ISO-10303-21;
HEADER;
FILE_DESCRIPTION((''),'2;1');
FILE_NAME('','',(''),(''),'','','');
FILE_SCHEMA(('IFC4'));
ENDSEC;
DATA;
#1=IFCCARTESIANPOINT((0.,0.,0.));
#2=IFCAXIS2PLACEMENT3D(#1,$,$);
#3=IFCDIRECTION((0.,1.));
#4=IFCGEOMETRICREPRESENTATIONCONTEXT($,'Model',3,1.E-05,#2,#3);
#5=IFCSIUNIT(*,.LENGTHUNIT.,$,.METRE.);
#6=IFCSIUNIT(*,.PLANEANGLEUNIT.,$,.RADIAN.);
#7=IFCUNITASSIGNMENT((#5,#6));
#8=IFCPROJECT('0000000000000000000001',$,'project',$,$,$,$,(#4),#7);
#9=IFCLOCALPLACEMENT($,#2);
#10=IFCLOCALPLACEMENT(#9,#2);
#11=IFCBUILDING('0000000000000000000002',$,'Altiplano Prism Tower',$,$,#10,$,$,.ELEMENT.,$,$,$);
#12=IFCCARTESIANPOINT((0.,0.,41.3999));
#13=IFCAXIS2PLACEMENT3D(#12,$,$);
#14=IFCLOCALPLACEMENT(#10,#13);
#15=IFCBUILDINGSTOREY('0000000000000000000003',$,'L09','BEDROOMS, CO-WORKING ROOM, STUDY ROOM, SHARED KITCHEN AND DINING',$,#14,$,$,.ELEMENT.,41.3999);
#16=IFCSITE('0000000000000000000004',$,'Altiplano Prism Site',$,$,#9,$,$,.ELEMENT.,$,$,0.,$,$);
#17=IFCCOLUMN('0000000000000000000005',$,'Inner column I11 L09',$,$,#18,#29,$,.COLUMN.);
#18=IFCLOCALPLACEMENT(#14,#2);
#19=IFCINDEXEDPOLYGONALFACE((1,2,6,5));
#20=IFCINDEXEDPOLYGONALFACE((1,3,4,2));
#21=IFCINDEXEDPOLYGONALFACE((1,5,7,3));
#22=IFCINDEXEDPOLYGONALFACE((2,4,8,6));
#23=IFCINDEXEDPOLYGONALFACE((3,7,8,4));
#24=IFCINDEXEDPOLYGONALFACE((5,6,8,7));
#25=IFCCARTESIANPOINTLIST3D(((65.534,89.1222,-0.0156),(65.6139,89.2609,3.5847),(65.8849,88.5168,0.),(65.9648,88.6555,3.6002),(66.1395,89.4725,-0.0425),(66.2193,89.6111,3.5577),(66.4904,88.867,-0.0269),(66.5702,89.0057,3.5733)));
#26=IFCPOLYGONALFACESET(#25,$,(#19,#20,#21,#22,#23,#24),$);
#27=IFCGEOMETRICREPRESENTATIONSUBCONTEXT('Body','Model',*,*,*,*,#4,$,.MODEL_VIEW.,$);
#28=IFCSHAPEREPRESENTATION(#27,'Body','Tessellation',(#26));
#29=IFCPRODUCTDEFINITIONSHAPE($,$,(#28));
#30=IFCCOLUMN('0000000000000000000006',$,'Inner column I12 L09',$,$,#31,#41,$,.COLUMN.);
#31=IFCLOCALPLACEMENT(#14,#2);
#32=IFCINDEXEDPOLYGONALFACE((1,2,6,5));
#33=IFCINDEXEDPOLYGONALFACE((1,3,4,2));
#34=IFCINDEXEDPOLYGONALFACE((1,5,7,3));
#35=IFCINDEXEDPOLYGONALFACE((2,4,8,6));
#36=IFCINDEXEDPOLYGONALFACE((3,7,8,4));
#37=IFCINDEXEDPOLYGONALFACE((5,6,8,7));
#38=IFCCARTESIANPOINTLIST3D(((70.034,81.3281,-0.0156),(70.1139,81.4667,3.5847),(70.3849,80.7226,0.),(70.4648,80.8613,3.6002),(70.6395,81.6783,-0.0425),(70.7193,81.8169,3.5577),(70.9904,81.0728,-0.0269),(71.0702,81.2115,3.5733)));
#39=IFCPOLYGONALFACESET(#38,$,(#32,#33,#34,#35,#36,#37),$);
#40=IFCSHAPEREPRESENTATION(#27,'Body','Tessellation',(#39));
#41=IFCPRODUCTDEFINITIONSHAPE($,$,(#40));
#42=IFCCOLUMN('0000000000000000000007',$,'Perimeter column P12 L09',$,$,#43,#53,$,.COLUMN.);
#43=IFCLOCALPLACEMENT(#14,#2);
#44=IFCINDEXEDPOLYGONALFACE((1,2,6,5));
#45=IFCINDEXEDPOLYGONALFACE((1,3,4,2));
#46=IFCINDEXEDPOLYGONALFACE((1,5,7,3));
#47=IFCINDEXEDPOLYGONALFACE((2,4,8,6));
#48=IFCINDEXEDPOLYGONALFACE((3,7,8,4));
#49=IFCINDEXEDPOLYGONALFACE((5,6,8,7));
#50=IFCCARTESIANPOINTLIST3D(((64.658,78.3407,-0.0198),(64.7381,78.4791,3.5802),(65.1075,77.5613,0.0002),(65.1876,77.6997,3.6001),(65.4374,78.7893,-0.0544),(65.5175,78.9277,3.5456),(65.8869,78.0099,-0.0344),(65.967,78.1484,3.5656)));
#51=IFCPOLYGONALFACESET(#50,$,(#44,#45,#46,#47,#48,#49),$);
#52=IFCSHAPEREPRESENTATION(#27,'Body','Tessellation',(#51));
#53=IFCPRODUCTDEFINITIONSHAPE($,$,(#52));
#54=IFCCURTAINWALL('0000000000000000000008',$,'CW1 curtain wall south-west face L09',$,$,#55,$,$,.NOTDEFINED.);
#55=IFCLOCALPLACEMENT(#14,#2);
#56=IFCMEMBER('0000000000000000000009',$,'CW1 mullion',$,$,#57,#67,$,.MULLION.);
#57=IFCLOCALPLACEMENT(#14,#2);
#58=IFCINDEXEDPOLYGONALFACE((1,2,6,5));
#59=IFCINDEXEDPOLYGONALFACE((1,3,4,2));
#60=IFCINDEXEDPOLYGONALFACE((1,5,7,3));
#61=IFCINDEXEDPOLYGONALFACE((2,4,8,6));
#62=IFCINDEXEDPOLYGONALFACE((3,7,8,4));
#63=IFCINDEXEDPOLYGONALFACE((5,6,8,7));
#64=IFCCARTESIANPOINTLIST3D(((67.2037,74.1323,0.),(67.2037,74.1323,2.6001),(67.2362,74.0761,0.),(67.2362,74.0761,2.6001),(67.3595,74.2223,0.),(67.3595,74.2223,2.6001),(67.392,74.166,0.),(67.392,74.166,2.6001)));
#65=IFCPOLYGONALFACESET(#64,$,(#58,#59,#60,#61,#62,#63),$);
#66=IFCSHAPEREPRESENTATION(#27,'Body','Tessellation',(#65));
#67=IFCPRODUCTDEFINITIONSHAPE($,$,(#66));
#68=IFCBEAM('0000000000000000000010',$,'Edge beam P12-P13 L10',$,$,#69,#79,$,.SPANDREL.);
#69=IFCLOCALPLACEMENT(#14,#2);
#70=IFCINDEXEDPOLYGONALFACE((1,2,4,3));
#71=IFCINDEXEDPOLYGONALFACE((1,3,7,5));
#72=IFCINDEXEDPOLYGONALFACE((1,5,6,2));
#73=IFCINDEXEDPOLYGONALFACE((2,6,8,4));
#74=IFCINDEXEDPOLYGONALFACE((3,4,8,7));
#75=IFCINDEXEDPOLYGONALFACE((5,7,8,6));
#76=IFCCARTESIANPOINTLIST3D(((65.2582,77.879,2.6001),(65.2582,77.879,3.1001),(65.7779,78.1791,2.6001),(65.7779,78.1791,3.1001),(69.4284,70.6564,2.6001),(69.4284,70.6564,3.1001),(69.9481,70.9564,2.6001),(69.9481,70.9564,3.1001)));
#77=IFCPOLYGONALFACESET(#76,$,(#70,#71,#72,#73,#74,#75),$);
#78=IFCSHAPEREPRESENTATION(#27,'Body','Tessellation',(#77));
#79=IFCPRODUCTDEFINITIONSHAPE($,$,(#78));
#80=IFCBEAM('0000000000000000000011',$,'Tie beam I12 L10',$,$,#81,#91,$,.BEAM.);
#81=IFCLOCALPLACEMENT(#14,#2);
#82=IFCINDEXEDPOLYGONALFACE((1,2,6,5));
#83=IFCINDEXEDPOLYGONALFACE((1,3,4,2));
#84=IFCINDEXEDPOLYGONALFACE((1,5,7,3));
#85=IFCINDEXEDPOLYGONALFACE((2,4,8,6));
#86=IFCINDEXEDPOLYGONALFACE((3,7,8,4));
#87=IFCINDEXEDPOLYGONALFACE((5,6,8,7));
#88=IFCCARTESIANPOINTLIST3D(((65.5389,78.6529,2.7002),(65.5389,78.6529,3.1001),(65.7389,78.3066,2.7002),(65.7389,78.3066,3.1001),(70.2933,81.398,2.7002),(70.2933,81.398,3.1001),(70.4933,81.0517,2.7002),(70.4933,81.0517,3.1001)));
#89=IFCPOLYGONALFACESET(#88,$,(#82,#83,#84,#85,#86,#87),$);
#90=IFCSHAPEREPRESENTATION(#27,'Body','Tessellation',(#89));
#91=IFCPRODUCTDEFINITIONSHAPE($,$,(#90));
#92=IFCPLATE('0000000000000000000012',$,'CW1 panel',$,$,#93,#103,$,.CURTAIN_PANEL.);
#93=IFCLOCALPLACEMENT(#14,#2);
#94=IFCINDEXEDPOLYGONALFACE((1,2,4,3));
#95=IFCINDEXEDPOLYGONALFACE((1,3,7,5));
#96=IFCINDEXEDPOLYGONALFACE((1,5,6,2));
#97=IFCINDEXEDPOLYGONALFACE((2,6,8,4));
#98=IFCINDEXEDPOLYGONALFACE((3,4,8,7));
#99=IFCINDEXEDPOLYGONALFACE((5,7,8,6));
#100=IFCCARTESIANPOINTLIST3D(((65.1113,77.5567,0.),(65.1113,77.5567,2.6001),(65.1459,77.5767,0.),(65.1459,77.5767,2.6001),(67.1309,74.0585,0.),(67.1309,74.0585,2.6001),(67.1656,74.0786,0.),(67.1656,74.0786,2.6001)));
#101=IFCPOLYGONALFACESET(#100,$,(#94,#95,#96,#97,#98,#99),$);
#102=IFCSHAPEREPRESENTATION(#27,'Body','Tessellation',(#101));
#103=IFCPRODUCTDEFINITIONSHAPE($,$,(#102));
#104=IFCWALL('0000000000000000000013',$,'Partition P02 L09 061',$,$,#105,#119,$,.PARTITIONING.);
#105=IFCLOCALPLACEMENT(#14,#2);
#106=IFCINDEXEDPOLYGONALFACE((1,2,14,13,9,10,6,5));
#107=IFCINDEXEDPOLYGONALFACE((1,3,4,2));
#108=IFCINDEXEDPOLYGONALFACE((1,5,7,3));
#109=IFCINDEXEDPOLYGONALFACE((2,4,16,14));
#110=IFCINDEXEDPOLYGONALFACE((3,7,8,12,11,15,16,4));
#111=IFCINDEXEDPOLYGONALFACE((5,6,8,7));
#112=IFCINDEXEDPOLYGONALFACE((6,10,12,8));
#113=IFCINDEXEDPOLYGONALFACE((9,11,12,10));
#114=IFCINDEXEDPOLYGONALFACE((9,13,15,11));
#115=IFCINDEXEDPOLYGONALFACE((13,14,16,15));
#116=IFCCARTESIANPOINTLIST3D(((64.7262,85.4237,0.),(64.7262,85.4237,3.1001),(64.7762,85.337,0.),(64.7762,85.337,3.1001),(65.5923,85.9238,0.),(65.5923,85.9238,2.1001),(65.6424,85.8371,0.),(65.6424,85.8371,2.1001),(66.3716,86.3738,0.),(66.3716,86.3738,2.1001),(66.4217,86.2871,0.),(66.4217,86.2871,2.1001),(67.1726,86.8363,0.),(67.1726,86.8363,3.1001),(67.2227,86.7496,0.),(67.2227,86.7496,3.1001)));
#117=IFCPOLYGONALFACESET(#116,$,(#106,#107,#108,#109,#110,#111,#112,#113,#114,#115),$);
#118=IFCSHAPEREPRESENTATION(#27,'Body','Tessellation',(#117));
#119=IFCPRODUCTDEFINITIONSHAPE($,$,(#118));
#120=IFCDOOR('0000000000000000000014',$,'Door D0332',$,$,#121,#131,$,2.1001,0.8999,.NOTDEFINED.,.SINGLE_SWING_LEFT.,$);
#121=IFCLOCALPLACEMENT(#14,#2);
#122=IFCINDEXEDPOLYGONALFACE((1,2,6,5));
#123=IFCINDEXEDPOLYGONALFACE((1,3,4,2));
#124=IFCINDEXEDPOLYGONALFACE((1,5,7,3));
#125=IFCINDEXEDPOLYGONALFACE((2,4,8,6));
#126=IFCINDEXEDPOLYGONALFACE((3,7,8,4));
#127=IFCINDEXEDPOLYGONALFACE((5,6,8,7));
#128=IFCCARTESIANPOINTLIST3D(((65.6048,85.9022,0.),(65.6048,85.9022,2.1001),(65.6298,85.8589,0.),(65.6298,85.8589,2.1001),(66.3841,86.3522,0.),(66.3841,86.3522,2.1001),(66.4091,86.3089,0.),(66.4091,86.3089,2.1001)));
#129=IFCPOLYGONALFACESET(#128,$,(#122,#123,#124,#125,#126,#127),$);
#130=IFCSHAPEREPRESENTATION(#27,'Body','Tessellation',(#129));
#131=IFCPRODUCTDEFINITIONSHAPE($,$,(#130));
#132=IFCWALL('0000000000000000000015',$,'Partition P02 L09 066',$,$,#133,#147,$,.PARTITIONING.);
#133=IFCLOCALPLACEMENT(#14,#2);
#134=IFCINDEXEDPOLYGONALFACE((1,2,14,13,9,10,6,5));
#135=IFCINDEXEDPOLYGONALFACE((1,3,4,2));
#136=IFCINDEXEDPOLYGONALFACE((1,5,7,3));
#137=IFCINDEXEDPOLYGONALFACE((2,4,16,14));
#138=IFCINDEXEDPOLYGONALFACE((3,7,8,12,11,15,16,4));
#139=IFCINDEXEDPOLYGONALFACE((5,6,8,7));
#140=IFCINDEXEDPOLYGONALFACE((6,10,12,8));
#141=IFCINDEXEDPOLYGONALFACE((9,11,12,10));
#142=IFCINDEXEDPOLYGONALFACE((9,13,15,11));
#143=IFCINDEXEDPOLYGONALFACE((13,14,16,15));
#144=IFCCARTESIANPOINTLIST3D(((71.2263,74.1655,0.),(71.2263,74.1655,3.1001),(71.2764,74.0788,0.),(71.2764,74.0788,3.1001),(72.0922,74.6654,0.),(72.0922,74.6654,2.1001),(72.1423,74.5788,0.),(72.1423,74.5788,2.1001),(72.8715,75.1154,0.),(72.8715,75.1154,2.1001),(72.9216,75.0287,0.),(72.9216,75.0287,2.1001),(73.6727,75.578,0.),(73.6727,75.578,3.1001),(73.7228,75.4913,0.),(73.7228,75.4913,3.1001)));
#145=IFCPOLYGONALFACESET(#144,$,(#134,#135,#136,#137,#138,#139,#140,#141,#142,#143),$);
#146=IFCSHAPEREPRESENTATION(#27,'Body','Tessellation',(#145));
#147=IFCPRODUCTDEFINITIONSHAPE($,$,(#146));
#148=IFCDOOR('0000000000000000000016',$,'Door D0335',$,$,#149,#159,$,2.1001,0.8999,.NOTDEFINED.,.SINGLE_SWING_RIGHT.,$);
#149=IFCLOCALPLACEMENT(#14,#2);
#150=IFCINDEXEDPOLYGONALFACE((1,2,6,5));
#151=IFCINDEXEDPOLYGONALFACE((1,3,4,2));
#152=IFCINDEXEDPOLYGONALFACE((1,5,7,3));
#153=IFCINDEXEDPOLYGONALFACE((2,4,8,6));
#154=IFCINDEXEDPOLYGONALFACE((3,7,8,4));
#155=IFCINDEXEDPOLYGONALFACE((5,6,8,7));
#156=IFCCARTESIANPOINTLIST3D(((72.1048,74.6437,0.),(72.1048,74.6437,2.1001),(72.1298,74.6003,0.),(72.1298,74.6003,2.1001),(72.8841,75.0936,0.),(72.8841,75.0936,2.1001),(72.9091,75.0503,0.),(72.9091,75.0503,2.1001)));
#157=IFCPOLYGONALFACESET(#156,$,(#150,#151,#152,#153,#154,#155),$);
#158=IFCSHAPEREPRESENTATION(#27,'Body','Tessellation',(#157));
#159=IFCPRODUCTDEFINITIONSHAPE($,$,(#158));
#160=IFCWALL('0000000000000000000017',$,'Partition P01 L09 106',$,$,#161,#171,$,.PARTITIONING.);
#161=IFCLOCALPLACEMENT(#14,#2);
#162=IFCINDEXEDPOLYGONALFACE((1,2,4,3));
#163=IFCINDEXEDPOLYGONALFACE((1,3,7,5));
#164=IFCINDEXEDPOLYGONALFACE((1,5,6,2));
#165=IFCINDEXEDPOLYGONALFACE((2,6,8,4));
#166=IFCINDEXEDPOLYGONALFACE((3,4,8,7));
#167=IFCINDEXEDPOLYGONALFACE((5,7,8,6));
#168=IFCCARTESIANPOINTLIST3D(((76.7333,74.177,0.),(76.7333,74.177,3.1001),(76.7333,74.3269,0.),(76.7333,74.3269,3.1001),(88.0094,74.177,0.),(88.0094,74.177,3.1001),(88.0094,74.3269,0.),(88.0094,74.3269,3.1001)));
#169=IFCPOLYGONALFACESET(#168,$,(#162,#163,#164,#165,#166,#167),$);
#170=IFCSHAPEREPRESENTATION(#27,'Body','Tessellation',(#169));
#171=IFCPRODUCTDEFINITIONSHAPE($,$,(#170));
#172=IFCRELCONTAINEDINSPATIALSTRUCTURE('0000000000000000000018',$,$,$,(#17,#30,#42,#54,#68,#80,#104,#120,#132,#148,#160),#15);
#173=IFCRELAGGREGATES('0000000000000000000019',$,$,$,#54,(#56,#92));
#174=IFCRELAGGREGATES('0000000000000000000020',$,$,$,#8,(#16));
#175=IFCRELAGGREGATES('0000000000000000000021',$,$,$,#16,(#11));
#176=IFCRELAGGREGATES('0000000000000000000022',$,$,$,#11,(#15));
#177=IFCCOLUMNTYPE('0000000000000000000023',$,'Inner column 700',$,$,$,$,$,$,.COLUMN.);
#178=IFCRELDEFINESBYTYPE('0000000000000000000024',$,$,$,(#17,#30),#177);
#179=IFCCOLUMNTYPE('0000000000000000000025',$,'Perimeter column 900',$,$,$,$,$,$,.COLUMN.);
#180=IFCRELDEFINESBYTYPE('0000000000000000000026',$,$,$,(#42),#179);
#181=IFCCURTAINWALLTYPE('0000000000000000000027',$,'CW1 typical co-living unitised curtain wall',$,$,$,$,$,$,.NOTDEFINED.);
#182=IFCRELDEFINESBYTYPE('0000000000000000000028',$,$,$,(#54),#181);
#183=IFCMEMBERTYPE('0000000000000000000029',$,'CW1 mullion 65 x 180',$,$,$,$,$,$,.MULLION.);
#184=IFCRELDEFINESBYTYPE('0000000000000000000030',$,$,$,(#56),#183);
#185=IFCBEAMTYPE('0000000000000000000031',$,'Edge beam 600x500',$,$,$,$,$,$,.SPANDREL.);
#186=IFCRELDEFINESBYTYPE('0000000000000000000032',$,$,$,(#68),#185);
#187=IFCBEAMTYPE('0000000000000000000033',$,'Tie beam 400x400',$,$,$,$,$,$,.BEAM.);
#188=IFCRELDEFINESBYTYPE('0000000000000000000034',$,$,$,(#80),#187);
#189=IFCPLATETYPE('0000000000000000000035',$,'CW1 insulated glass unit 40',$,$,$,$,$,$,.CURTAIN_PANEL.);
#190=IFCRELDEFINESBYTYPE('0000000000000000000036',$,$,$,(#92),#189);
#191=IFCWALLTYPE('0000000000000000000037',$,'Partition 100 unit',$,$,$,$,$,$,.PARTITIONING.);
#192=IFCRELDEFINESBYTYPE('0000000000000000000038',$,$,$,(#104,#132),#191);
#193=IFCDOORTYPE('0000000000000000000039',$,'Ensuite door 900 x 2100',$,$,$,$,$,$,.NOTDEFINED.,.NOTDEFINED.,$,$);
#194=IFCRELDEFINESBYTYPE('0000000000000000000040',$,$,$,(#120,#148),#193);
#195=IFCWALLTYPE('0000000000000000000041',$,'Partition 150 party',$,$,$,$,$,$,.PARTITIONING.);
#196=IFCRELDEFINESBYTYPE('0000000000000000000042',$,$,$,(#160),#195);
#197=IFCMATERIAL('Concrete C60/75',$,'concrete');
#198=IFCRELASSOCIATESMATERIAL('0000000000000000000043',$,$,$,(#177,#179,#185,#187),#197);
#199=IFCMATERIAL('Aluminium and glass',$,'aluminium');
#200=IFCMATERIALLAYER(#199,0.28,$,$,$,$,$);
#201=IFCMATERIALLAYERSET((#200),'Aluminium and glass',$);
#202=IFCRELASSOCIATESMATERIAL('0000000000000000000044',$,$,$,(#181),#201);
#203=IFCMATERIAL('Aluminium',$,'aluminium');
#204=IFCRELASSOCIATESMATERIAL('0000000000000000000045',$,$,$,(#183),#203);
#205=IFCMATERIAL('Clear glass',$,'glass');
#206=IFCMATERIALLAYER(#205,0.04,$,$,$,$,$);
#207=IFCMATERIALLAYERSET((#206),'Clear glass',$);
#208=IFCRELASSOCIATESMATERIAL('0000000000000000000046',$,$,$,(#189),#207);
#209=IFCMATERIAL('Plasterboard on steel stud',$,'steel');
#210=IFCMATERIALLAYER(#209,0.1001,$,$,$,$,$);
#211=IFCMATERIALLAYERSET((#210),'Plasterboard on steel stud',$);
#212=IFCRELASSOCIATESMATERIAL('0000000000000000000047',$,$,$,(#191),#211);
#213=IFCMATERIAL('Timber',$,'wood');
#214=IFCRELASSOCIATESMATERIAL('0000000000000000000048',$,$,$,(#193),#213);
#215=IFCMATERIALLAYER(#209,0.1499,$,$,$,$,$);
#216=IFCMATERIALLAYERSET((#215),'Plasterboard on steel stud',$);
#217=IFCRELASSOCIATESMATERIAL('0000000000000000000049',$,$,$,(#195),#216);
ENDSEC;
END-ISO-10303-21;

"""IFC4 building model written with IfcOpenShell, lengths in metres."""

from ifc_helpers import new_model, si_unit, direction, frame, frame_2d, origin, origin_2d, place, context, subcontext, project, spatial, rectangle, extrude, material, layer, layer_set, material_profile, profile_set, type_object, element, fill, aggregate, save


model = new_model("IFC4")

# Units and contexts
model_context = context("Model", 3, precision=1e-05, world=origin(), true_north=direction((0.0, 1.0)))
body_context = subcontext(model_context, "Body", "Model", "MODEL_VIEW")
ifc_project = project(units=[si_unit("LENGTHUNIT", "METRE"), si_unit("PLANEANGLEUNIT", "RADIAN")], contexts=[model_context])

# Site, building, storey
site_placement = place(None, origin())
site = spatial("IfcSite", under=ifc_project, at=site_placement, Name="Altiplano Prism Site", CompositionType="ELEMENT", RefElevation=0.0)
building_placement = place(site_placement, origin())
building = spatial("IfcBuilding", under=site, at=building_placement, Name="Altiplano Prism Tower", CompositionType="ELEMENT")
storey_placement = place(building_placement, frame((0.0, 0.0, 41.3999)))
storey = spatial("IfcBuildingStorey", under=building, at=storey_placement, Name="L09", Description="BEDROOMS, CO-WORKING ROOM, STUDY ROOM, SHARED KITCHEN AND DINING", CompositionType="ELEMENT", Elevation=41.3999)

# Columns
ifc_material_1 = material(Name="Concrete C60/75", Category="concrete")
ifc_material_profile_1 = material_profile(ifc_material_1, rectangle(XDim=0.7, YDim=0.7, at=origin_2d()), Name="Inner column 700")
ifc_profile_set_1 = profile_set([ifc_material_profile_1], Name="Concrete C60/75")
column_type_1 = type_object("IfcColumnType", Name="Inner column 700", PredefinedType="COLUMN", material=ifc_profile_set_1)
for number, where, z_axis, x_axis, name in (
    (1, (66.0122, 88.9946, -0.0212), (0.022154, 0.038481, 0.999014), (-0.864982, -0.500327, 0.038453), "Inner column I11 L09"),
    (2, (70.5122, 81.2004, -0.0212), (0.022154, 0.038481, 0.999014), (-0.864982, -0.500327, 0.038453), "Inner column I12 L09"),
):
    element("IfcColumn", number, at=place(storey_placement, frame(where, z_axis=z_axis, x_axis=x_axis)), inside=storey, type_object=column_type_1, Name=name, PredefinedType="COLUMN", context=body_context, shape_type="SweptSolid", body=[
        extrude(rectangle(XDim=0.7, YDim=0.7, at=origin_2d()), origin(), (0.0, 0.0, 1.0), 3.6038),
    ])
ifc_material_profile_2 = material_profile(ifc_material_1, rectangle(XDim=0.8999, YDim=0.8999, at=origin_2d()), Name="Perimeter column 900")
ifc_profile_set_2 = profile_set([ifc_material_profile_2], Name="Concrete C60/75")
column_type_2 = type_object("IfcColumnType", Name="Perimeter column 900", PredefinedType="COLUMN", material=ifc_profile_set_2)
column_placement = place(storey_placement, frame((65.2725, 78.1753, -0.0271), z_axis=(0.022223, 0.038416, 0.999015), x_axis=(-0.866024, -0.498523, 0.038435)))
element("IfcColumn", 3, at=column_placement, inside=storey, type_object=column_type_2, Name="Perimeter column P12 L09", PredefinedType="COLUMN", context=body_context, shape_type="SweptSolid", body=[
    extrude(rectangle(XDim=0.8999, YDim=0.8999, at=origin_2d()), origin(), (0.0, 0.0, 1.0), 3.6035),
])

# Curtain wall, member
ifc_material_2 = material(Name="Aluminium and glass", Category="aluminium")
ifc_layer_1 = layer(ifc_material_2, 0.28)
ifc_layer_set_1 = layer_set([ifc_layer_1], Name="Aluminium and glass")
curtain_wall_type = type_object("IfcCurtainWallType", Name="CW1 typical co-living unitised curtain wall", PredefinedType="NOTDEFINED", material=ifc_layer_set_1)
curtain_wall_placement = place(storey_placement, origin())
curtain_wall = element("IfcCurtainWall", 4, at=curtain_wall_placement, inside=storey, type_object=curtain_wall_type, Name="CW1 curtain wall south-west face L09", PredefinedType="NOTDEFINED")
ifc_material_3 = material(Name="Aluminium", Category="aluminium")
ifc_material_profile_3 = material_profile(ifc_material_3, rectangle(XDim=0.1799, YDim=0.0649, at=origin_2d()), Name="CW1 mullion 65 x 180")
ifc_profile_set_3 = profile_set([ifc_material_profile_3], Name="Aluminium")
member_type = type_object("IfcMemberType", Name="CW1 mullion 65 x 180", PredefinedType="MULLION", material=ifc_profile_set_3)
member_placement = place(storey_placement, frame((67.2979, 74.1492, 0.0), z_axis=(0.0, 0.0, 1.0), x_axis=(0.866025, 0.5, 0.0)))
member = element("IfcMember", 5, at=member_placement, type_object=member_type, Name="CW1 mullion", PredefinedType="MULLION", context=body_context, shape_type="SweptSolid", body=[
    extrude(rectangle(XDim=0.1799, YDim=0.0649, at=origin_2d()), origin(), (0.0, 0.0, 1.0), 2.6001),
])

# Beams
ifc_material_profile_4 = material_profile(ifc_material_1, rectangle(XDim=0.6001, YDim=0.5, at=origin_2d()), Name="Edge beam 600x500")
ifc_profile_set_4 = profile_set([ifc_material_profile_4], Name="Concrete C60/75")
beam_type_1 = type_object("IfcBeamType", Name="Edge beam 600x500", PredefinedType="SPANDREL", material=ifc_profile_set_4)
beam_1_placement = place(storey_placement, frame((65.5181, 78.0291, 2.8501), z_axis=(0.500015, -0.866017, 0.0), x_axis=(0.866017, 0.500015, 0.0)))
element("IfcBeam", 6, at=beam_1_placement, inside=storey, type_object=beam_type_1, Name="Edge beam P12-P13 L10", PredefinedType="SPANDREL", context=body_context, shape_type="SweptSolid", body=[
    extrude(rectangle(XDim=0.6001, YDim=0.5, at=origin_2d()), origin(), (0.0, 0.0, 1.0), 8.3401),
])
ifc_material_profile_5 = material_profile(ifc_material_1, rectangle(XDim=0.3999, YDim=0.3999, at=origin_2d()), Name="Tie beam 400x400")
ifc_profile_set_5 = profile_set([ifc_material_profile_5], Name="Concrete C60/75")
beam_type_2 = type_object("IfcBeamType", Name="Tie beam 400x400", PredefinedType="BEAM", material=ifc_profile_set_5)
beam_2_placement = place(storey_placement, frame((70.3933, 81.2249, 2.9001), z_axis=(-0.866012, -0.500023, 0.0), x_axis=(0.500023, -0.866012, 0.0)))
element("IfcBeam", 7, at=beam_2_placement, inside=storey, type_object=beam_type_2, Name="Tie beam I12 L10", PredefinedType="BEAM", context=body_context, shape_type="SweptSolid", body=[
    extrude(rectangle(XDim=0.3999, YDim=0.3999, at=origin_2d()), origin(), (0.0, 0.0, 1.0), 5.49),
])

# Plate
ifc_material_4 = material(Name="Clear glass", Category="glass")
ifc_layer_2 = layer(ifc_material_4, 0.04)
ifc_layer_set_2 = layer_set([ifc_layer_2], Name="Clear glass")
plate_type = type_object("IfcPlateType", Name="CW1 insulated glass unit 40", PredefinedType="CURTAIN_PANEL", material=ifc_layer_set_2)
plate_placement = place(storey_placement, frame((66.1384, 75.8176, 0.0), z_axis=(0.0, 0.0, 1.0), x_axis=(0.5, -0.866025, 0.0)))
plate = element("IfcPlate", 8, at=plate_placement, type_object=plate_type, Name="CW1 panel", PredefinedType="CURTAIN_PANEL", context=body_context, shape_type="SweptSolid", body=[
    extrude(rectangle(XDim=4.0393, YDim=0.04, at=origin_2d()), origin(), (0.0, 0.0, 1.0), 2.6001),
])
aggregate(curtain_wall, [member, plate])

# Walls, openings, doors
ifc_material_5 = material(Name="Plasterboard on steel stud", Category="steel")
ifc_layer_3 = layer(ifc_material_5, 0.1001)
ifc_layer_set_3 = layer_set([ifc_layer_3], Name="Plasterboard on steel stud")
wall_type_1 = type_object("IfcWallType", Name="Partition 100 unit", PredefinedType="PARTITIONING", material=ifc_layer_set_3)
wall_1_placement = place(storey_placement, frame((67.1978, 86.793, 0.0), z_axis=(0.0, 0.0, 1.0), x_axis=(-0.866011, -0.500024, 0.0)))
wall_1 = element("IfcWall", 9, at=wall_1_placement, inside=storey, type_object=wall_type_1, Name="Partition P02 L09 061", PredefinedType="PARTITIONING", context=body_context, shape_type="SweptSolid", body=[
    extrude(rectangle(XDim=2.825, YDim=0.1001, at=frame_2d((1.4126, 0.0))), origin(), (0.0, 0.0, 1.0), 3.1001),
])
opening_1_placement = place(wall_1_placement, frame((0.925, 0.0, 0.0)))
opening_1 = element("IfcOpeningElement", 10, at=opening_1_placement, cuts=wall_1, PredefinedType="OPENING", context=body_context, shape_type="SweptSolid", body=[
    extrude(rectangle(XDim=0.8999, YDim=2.1001, at=frame_2d((0.45, 1.05))), frame((0.0, 0.0605, 0.0), z_axis=(0.0, -1.0, 0.0), x_axis=(1.0, 0.0, 0.0)), (0.0, 0.0, 1.0), 0.1211),
])
ifc_material_6 = material(Name="Timber", Category="wood")
door_type = type_object("IfcDoorType", Name="Ensuite door 900 x 2100", OperationType="NOTDEFINED", PredefinedType="NOTDEFINED", material=ifc_material_6)
door_1_placement = place(opening_1_placement, origin())
door_1 = element("IfcDoor", 11, at=door_1_placement, inside=storey, type_object=door_type, Name="Door D0332", OperationType="SINGLE_SWING_LEFT", OverallHeight=2.1001, OverallWidth=0.8999, PredefinedType="NOTDEFINED", context=body_context, shape_type="SweptSolid", body=[
    extrude(rectangle(XDim=0.8999, YDim=2.1001, at=frame_2d((0.45, 1.05))), frame((0.0, 0.0249, 0.0), z_axis=(0.0, -1.0, 0.0), x_axis=(1.0, 0.0, 0.0)), (0.0, 0.0, 1.0), 0.05),
])
fill(opening_1, door_1)
wall_2_placement = place(storey_placement, frame((71.2512, 74.1221, 0.0), z_axis=(0.0, 0.0, 1.0), x_axis=(0.866011, 0.500024, 0.0)))
wall_2 = element("IfcWall", 12, at=wall_2_placement, inside=storey, type_object=wall_type_1, Name="Partition P02 L09 066", PredefinedType="PARTITIONING", context=body_context, shape_type="SweptSolid", body=[
    extrude(rectangle(XDim=2.825, YDim=0.1001, at=frame_2d((1.4126, 0.0))), origin(), (0.0, 0.0, 1.0), 3.1001),
])
opening_2_placement = place(wall_2_placement, frame((1.0, 0.0, 0.0)))
opening_2 = element("IfcOpeningElement", 13, at=opening_2_placement, cuts=wall_2, PredefinedType="OPENING", context=body_context, shape_type="SweptSolid", body=[
    extrude(rectangle(XDim=0.8999, YDim=2.1001, at=frame_2d((0.45, 1.05))), frame((0.0, 0.0605, 0.0), z_axis=(0.0, -1.0, 0.0), x_axis=(1.0, 0.0, 0.0)), (0.0, 0.0, 1.0), 0.1211),
])
door_2_placement = place(opening_2_placement, origin())
door_2 = element("IfcDoor", 14, at=door_2_placement, inside=storey, type_object=door_type, Name="Door D0335", OperationType="SINGLE_SWING_RIGHT", OverallHeight=2.1001, OverallWidth=0.8999, PredefinedType="NOTDEFINED", context=body_context, shape_type="SweptSolid", body=[
    extrude(rectangle(XDim=0.8999, YDim=2.1001, at=frame_2d((0.45, 1.05))), frame((0.0, 0.0249, 0.0), z_axis=(0.0, -1.0, 0.0), x_axis=(1.0, 0.0, 0.0)), (0.0, 0.0, 1.0), 0.05),
])
fill(opening_2, door_2)

# Wall
ifc_layer_4 = layer(ifc_material_5, 0.1499)
ifc_layer_set_4 = layer_set([ifc_layer_4], Name="Plasterboard on steel stud")
wall_type_2 = type_object("IfcWallType", Name="Partition 150 party", PredefinedType="PARTITIONING", material=ifc_layer_set_4)
wall_3_placement = place(storey_placement, frame((76.7332, 74.252, 0.0), z_axis=(0.0, 0.0, 1.0), x_axis=(1.0, 0.0, 0.0)))
element("IfcWall", 15, at=wall_3_placement, inside=storey, type_object=wall_type_2, Name="Partition P01 L09 106", PredefinedType="PARTITIONING", context=body_context, shape_type="SweptSolid", body=[
    extrude(rectangle(XDim=11.2761, YDim=0.1499, at=frame_2d((5.6382, 0.0))), origin(), (0.0, 0.0, 1.0), 3.1001),
])

save(model, "model.ifc")
